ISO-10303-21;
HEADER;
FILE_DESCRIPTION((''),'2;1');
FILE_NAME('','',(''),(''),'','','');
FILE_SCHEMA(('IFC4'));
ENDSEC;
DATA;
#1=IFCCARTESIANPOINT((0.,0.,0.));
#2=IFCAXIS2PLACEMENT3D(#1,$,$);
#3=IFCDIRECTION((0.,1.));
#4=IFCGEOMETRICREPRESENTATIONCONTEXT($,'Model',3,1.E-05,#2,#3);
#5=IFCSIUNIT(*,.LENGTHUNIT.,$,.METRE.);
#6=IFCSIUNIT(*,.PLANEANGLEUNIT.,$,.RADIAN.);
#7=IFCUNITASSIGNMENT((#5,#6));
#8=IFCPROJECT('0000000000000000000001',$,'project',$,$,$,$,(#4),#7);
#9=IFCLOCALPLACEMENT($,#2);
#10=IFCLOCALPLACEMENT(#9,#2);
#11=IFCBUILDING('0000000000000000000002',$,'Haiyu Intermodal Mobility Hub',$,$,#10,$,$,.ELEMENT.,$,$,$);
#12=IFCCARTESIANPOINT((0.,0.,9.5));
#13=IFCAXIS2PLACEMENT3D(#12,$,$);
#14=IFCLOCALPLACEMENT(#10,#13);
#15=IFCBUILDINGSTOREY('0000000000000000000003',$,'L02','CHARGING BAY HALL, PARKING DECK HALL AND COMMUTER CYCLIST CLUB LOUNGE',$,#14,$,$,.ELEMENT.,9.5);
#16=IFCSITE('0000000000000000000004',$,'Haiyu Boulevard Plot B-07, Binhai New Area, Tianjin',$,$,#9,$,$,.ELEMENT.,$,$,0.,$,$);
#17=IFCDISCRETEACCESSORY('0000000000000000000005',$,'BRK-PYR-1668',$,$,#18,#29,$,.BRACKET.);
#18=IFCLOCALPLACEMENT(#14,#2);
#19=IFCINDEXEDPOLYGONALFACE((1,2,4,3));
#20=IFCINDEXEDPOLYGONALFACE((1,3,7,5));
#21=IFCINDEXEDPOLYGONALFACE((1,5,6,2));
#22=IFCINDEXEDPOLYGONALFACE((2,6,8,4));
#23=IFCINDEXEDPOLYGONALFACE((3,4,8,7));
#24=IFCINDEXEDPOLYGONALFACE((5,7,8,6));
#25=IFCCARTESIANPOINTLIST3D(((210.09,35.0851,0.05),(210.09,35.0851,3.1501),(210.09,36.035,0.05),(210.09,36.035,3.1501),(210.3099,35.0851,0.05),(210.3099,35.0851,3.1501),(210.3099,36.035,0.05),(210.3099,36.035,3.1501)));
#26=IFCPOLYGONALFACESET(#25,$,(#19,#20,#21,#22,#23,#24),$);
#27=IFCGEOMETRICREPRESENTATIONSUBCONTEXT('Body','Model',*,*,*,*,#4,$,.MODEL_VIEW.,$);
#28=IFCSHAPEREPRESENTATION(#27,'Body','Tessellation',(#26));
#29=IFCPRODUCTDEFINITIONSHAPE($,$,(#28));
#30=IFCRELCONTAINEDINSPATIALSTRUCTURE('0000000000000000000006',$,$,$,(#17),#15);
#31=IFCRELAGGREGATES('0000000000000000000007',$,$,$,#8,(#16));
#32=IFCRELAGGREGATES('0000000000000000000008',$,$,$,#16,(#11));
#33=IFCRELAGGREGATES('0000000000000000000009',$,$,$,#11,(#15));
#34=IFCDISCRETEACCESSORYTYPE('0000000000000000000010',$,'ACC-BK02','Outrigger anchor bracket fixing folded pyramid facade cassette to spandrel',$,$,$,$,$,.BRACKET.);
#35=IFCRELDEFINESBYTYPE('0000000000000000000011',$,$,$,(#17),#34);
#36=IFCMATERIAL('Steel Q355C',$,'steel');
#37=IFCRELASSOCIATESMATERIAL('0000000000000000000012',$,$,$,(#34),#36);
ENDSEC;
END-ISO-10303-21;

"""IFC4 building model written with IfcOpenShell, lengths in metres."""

from ifc_helpers import new_model, si_unit, direction, frame, origin, origin_2d, place, context, subcontext, project, spatial, rectangle, extrude, material, type_object, element, save


model = new_model("IFC4")

# Units and contexts
model_context = context("Model", 3, precision=1e-05, world=origin(), true_north=direction((0.0, 1.0)))
body_context = subcontext(model_context, "Body", "Model", "MODEL_VIEW")
ifc_project = project(units=[si_unit("LENGTHUNIT", "METRE"), si_unit("PLANEANGLEUNIT", "RADIAN")], contexts=[model_context])

# Site, building, storey
site_placement = place(None, origin())
site = spatial("IfcSite", under=ifc_project, at=site_placement, Name="Haiyu Boulevard Plot B-07, Binhai New Area, Tianjin", CompositionType="ELEMENT", RefElevation=0.0)
building_placement = place(site_placement, origin())
building = spatial("IfcBuilding", under=site, at=building_placement, Name="Haiyu Intermodal Mobility Hub", CompositionType="ELEMENT")
storey_placement = place(building_placement, frame((0.0, 0.0, 9.5)))
storey = spatial("IfcBuildingStorey", under=building, at=storey_placement, Name="L02", Description="CHARGING BAY HALL, PARKING DECK HALL AND COMMUTER CYCLIST CLUB LOUNGE", CompositionType="ELEMENT", Elevation=9.5)

# Discrete accessory
ifc_material_1 = material(Name="Steel Q355C", Category="steel")
discrete_accessory_type = type_object("IfcDiscreteAccessoryType", Name="ACC-BK02", Description="Outrigger anchor bracket fixing folded pyramid facade cassette to spandrel", PredefinedType="BRACKET", material=ifc_material_1)
for number, where, z_axis, x_axis, name in (
    (1, (210.2, 35.5601, 0.05), (0.0, 0.0, 1.0), (1.0, 0.0, 0.0), "BRK-PYR-1668"),
):
    element("IfcDiscreteAccessory", number, at=place(storey_placement, frame(where, z_axis=z_axis, x_axis=x_axis)), inside=storey, type_object=discrete_accessory_type, Name=name, PredefinedType="BRACKET", context=body_context, shape_type="SweptSolid", body=[
        extrude(rectangle(XDim=0.22, YDim=0.95, at=origin_2d()), origin(), (0.0, 0.0, 1.0), 3.1001),
    ])

save(model, "model.ifc")
